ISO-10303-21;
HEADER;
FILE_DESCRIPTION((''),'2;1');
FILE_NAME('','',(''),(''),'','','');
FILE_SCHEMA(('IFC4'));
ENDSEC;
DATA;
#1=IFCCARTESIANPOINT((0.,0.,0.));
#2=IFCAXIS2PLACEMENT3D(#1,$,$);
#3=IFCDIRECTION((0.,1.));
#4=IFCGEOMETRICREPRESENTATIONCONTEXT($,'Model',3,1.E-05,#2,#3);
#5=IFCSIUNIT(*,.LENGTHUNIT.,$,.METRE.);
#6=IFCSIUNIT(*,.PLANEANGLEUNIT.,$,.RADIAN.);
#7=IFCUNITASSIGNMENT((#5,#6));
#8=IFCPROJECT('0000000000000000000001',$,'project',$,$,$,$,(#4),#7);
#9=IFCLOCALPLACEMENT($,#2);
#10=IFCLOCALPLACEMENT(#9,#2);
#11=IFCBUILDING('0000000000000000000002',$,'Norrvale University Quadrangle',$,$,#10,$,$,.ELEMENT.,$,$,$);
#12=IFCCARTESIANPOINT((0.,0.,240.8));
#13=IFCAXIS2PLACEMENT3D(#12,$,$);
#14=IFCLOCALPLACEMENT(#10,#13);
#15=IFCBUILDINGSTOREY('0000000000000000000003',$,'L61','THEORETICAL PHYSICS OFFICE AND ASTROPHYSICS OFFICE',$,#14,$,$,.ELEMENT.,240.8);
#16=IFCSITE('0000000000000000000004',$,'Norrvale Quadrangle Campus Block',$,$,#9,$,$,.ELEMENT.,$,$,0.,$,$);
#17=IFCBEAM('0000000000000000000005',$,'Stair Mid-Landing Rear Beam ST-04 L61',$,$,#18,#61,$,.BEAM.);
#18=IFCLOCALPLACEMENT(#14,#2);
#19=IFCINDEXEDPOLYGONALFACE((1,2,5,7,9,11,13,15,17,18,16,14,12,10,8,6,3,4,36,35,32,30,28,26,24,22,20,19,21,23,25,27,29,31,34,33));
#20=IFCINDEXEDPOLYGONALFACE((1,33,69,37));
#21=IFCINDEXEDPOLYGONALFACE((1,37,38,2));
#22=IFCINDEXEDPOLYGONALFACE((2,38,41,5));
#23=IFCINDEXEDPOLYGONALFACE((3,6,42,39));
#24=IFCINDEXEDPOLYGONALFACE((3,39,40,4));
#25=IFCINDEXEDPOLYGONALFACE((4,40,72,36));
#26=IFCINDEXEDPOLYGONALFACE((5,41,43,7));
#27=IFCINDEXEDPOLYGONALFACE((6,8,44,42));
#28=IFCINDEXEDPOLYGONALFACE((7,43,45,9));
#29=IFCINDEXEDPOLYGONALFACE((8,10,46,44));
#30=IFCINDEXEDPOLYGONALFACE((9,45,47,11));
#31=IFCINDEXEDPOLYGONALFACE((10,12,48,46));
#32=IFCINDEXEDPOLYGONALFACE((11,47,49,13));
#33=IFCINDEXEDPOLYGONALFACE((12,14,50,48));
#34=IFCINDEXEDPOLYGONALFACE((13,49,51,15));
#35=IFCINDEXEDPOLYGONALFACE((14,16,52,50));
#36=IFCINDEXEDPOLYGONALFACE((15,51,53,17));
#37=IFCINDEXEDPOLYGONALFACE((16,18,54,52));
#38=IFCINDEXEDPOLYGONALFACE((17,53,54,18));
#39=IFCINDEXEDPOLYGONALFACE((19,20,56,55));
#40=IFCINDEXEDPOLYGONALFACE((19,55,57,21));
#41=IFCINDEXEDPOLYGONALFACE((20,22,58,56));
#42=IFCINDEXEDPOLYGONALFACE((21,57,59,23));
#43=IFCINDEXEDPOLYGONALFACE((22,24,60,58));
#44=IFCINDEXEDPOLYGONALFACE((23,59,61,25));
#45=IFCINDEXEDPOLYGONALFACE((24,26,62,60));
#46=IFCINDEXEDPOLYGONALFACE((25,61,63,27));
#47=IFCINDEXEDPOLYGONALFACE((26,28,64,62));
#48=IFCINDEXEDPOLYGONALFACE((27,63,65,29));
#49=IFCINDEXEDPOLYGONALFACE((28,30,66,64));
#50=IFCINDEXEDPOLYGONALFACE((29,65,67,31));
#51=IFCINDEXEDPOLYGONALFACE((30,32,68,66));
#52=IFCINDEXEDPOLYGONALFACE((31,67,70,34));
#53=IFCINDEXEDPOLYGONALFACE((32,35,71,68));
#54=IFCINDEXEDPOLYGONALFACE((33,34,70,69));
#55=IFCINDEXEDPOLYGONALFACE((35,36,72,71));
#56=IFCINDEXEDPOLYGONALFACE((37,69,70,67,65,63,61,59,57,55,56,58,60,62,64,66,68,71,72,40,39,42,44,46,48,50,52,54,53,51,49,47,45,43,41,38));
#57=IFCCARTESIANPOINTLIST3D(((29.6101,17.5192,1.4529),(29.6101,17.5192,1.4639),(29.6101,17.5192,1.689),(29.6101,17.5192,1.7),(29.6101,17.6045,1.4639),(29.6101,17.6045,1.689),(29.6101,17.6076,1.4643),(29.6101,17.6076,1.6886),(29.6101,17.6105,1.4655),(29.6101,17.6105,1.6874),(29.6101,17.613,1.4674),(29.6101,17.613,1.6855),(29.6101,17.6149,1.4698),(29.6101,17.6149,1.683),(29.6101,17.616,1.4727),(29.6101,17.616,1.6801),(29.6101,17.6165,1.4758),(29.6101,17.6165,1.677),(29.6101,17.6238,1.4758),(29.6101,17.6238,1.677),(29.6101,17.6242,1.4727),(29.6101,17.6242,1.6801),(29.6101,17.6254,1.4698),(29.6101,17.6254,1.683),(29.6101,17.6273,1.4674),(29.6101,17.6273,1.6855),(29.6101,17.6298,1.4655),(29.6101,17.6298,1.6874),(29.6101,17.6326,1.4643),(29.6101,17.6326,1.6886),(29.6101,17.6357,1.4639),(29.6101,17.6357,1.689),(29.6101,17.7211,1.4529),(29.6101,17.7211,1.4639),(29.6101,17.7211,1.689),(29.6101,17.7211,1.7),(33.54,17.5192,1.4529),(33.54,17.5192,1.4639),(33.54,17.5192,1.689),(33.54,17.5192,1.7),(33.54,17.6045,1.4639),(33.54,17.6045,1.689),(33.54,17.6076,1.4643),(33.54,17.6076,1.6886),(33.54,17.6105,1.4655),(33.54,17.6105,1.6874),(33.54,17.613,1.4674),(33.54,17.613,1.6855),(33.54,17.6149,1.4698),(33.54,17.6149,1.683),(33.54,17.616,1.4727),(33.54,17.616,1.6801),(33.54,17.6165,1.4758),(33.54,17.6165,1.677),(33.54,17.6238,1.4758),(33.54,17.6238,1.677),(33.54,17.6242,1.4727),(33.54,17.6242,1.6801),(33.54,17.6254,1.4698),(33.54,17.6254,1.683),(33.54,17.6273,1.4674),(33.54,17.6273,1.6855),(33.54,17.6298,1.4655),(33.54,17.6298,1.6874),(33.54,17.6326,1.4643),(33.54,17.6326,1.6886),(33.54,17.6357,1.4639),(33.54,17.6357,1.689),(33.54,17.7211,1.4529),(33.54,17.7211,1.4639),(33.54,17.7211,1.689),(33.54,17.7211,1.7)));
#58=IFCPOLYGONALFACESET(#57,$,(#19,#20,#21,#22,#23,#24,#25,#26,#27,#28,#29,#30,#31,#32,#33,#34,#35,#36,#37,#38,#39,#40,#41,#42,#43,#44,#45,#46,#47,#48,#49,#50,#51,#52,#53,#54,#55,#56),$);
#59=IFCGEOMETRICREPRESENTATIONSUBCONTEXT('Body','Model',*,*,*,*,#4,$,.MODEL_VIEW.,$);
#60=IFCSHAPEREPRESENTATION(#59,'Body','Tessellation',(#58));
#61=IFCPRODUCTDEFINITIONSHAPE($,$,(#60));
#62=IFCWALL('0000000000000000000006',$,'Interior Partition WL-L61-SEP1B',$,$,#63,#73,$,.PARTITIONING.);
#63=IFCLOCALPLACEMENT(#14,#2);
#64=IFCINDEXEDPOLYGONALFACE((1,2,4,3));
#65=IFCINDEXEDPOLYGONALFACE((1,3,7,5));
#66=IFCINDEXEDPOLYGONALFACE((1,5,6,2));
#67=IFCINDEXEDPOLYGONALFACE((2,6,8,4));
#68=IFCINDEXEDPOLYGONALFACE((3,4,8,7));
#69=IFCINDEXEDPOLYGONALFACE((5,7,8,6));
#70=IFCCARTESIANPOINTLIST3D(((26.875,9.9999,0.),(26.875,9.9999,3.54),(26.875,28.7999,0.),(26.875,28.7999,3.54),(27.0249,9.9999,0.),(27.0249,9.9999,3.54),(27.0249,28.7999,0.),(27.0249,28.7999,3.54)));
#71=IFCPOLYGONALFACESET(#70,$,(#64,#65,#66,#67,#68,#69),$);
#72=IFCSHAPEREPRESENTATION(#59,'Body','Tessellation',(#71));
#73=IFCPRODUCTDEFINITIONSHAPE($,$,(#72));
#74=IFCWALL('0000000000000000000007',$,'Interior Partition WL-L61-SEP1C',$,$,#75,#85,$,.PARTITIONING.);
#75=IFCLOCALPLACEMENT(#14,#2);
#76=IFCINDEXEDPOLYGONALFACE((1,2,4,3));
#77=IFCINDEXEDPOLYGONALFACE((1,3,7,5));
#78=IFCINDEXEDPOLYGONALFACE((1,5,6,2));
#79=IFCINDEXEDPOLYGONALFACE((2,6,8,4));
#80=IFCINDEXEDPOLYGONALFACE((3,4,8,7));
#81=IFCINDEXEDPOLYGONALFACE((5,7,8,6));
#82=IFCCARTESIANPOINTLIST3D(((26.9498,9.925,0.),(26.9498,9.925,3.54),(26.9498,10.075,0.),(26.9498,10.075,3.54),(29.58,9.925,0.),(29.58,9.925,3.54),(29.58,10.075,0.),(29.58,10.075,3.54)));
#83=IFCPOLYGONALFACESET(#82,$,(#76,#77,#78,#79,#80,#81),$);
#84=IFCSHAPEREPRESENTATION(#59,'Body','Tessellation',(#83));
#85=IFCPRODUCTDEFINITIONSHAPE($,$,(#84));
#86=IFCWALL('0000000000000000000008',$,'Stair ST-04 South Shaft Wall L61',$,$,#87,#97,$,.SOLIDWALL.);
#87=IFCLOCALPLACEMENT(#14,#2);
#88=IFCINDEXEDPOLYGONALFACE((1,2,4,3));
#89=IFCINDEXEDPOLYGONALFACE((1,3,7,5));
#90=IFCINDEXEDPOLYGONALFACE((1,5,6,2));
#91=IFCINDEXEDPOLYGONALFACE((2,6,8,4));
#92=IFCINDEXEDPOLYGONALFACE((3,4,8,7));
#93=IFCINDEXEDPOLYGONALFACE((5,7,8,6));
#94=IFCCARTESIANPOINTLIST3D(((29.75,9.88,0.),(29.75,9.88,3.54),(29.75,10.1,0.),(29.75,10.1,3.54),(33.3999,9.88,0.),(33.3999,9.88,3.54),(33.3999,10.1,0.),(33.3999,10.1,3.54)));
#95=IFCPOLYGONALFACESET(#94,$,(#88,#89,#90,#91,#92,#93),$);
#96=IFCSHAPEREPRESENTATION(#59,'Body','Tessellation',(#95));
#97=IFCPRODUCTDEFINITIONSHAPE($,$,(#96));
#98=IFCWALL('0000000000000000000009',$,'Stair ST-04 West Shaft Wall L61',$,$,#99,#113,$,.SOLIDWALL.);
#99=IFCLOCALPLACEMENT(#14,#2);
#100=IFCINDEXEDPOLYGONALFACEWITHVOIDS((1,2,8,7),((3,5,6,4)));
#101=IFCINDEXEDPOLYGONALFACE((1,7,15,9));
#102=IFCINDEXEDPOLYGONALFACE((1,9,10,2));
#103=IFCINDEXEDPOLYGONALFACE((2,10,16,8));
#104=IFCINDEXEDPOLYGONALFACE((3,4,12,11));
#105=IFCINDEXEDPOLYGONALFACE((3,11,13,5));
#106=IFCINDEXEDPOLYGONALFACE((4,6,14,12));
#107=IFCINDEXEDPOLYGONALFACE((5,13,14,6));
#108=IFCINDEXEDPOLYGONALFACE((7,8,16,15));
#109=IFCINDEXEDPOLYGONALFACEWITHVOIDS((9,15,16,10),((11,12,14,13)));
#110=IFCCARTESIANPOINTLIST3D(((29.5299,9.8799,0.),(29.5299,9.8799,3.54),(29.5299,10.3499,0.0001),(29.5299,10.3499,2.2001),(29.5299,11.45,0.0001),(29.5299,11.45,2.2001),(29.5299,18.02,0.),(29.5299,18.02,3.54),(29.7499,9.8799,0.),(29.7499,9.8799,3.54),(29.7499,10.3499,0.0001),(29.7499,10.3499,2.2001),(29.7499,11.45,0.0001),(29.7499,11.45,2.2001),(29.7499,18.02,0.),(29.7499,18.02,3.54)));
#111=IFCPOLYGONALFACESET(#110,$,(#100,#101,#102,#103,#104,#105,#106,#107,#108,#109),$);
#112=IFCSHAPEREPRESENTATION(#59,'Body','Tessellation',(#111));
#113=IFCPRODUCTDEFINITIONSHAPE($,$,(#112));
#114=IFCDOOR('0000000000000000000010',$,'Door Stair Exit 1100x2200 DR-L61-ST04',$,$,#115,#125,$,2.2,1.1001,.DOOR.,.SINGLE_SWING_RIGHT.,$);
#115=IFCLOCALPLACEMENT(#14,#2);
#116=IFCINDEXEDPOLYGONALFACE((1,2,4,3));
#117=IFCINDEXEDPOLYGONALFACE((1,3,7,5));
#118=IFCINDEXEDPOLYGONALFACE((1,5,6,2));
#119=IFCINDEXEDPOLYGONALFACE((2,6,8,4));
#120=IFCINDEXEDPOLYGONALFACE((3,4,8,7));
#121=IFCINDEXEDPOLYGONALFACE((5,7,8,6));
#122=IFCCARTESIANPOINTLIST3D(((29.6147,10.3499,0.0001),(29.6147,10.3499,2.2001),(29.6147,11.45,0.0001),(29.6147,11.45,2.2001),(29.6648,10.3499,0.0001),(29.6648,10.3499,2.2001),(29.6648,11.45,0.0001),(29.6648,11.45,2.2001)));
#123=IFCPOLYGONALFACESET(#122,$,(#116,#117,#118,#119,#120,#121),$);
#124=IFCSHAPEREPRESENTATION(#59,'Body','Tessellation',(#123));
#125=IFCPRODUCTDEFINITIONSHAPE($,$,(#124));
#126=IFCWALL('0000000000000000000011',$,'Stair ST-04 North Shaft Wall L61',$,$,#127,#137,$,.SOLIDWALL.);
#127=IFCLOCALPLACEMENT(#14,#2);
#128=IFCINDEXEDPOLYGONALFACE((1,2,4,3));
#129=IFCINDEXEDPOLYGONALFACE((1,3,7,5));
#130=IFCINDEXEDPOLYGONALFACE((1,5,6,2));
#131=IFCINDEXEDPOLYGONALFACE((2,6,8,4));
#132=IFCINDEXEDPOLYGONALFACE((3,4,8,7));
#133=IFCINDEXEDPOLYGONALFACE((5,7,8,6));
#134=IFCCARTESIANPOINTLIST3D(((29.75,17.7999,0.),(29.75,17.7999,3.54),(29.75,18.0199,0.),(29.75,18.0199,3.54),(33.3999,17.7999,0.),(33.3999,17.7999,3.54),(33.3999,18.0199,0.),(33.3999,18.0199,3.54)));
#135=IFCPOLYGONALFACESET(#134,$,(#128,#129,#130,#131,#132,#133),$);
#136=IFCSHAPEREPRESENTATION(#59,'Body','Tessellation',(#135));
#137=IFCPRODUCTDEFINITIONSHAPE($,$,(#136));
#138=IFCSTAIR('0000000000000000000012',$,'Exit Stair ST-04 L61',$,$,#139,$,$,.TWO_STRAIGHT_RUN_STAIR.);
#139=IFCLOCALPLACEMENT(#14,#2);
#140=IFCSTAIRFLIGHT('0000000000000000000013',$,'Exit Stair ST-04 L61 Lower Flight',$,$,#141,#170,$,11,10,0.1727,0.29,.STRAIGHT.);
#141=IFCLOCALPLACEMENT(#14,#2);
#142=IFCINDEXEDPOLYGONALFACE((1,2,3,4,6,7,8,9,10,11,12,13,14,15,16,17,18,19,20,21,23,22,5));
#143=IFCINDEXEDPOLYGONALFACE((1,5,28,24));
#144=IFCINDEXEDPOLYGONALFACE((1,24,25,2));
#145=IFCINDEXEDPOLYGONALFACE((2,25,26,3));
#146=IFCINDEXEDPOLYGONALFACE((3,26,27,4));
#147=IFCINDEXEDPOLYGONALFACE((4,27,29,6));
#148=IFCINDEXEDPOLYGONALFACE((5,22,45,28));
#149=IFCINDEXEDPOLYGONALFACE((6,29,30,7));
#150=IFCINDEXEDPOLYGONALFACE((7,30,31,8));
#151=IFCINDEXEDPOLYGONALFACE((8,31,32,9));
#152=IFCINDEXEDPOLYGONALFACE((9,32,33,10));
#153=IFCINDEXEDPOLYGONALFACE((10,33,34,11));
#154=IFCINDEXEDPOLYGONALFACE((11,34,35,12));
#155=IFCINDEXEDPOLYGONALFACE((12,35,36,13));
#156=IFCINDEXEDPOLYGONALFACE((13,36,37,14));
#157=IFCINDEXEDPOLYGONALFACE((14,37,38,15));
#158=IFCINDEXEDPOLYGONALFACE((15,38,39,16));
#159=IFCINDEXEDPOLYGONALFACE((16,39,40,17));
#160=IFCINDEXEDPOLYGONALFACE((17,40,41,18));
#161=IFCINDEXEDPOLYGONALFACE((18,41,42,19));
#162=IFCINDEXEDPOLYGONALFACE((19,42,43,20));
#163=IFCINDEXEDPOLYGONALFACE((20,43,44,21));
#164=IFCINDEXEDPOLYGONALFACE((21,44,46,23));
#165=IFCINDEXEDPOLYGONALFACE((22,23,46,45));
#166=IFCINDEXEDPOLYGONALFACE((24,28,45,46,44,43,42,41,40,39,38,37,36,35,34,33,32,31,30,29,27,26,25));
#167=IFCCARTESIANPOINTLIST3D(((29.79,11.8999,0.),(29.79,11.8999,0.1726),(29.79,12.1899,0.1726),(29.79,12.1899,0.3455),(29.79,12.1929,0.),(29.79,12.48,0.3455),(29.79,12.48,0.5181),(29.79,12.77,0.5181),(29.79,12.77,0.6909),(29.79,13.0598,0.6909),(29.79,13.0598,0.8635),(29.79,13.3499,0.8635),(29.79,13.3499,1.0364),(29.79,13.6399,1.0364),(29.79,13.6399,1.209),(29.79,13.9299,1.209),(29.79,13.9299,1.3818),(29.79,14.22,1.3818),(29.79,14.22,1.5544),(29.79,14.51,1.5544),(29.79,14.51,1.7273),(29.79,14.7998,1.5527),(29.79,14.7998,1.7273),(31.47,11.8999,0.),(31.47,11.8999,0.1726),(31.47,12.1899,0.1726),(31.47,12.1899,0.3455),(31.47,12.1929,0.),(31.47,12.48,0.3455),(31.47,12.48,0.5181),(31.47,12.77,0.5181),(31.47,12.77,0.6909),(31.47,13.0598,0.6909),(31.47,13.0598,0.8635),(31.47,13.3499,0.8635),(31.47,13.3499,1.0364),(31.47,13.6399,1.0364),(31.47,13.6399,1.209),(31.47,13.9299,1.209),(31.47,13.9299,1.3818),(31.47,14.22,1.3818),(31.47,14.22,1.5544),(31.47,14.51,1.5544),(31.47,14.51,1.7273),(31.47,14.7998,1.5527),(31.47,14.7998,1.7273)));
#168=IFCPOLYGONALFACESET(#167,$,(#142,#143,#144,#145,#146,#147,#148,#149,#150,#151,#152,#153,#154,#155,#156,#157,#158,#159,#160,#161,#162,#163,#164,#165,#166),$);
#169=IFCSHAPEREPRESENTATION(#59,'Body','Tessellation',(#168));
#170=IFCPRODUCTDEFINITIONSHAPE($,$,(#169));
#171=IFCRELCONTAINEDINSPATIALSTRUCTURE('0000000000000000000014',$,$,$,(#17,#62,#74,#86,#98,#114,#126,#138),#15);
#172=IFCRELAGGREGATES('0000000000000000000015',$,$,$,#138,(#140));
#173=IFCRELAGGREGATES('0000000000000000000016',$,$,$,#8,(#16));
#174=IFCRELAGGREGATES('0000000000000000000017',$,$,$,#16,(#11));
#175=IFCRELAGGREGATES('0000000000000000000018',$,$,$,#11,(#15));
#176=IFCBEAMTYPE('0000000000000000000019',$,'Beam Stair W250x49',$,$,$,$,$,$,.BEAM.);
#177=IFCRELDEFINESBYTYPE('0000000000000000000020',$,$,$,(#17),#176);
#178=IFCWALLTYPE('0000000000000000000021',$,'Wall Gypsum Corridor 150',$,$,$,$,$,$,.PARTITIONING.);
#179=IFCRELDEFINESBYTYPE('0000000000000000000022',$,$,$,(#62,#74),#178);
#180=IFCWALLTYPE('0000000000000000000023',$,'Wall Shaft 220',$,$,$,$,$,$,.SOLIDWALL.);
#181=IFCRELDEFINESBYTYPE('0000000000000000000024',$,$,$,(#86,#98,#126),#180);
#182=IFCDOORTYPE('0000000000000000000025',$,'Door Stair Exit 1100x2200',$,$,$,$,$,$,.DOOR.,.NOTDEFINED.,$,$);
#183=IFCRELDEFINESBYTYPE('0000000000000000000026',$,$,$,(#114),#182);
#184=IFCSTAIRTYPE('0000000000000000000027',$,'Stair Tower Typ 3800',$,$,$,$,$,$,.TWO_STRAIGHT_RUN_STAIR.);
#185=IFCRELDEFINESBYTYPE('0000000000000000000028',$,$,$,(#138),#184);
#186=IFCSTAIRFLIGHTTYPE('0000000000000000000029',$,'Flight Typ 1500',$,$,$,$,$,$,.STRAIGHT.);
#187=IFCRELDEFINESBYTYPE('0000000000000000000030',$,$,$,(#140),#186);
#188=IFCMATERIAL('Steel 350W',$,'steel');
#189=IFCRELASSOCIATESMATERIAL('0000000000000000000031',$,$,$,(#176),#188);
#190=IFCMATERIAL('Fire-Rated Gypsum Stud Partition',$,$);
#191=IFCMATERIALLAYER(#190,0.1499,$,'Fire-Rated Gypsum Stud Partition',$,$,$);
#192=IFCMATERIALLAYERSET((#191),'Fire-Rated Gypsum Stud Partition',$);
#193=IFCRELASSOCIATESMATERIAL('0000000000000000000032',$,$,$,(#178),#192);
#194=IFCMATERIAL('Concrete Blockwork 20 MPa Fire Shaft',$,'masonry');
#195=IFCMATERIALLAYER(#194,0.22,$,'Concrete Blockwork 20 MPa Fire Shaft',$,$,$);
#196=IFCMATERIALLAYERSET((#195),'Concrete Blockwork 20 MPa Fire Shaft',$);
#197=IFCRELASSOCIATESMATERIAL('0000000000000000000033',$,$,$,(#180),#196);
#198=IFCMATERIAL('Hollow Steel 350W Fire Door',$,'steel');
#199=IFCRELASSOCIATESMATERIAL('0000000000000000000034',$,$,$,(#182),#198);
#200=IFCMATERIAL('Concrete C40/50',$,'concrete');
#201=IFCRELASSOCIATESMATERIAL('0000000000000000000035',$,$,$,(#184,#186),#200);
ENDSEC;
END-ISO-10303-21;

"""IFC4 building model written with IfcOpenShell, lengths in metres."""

from ifc_helpers import new_model, si_unit, direction, frame, frame_2d, origin, origin_2d, place, context, subcontext, project, spatial, polyline, rectangle, i_section, outline, extrude, material, layer, layer_set, material_profile, profile_set, type_object, element, fill, aggregate, save


model = new_model("IFC4")

# Units and contexts
model_context = context("Model", 3, precision=1e-05, world=origin(), true_north=direction((0.0, 1.0)))
body_context = subcontext(model_context, "Body", "Model", "MODEL_VIEW")
ifc_project = project(units=[si_unit("LENGTHUNIT", "METRE"), si_unit("PLANEANGLEUNIT", "RADIAN")], contexts=[model_context])

# Site, building, storey
site_placement = place(None, origin())
site = spatial("IfcSite", under=ifc_project, at=site_placement, Name="Norrvale Quadrangle Campus Block", CompositionType="ELEMENT", RefElevation=0.0)
building_placement = place(site_placement, origin())
building = spatial("IfcBuilding", under=site, at=building_placement, Name="Norrvale University Quadrangle", CompositionType="ELEMENT")
storey_placement = place(building_placement, frame((0.0, 0.0, 240.8)))
storey = spatial("IfcBuildingStorey", under=building, at=storey_placement, Name="L61", Description="THEORETICAL PHYSICS OFFICE AND ASTROPHYSICS OFFICE", CompositionType="ELEMENT", Elevation=240.8)

# Beam
ifc_material_1 = material(Name="Steel 350W", Category="steel")
ifc_material_profile_1 = material_profile(ifc_material_1, i_section(OverallWidth=0.2019, OverallDepth=0.2471, WebThickness=0.0073, FlangeThickness=0.011, FilletRadius=0.012, at=origin_2d()), Name="Steel 350W")
ifc_profile_set_1 = profile_set([ifc_material_profile_1], Name="Steel 350W")
beam_type_1 = type_object("IfcBeamType", Name="Beam Stair W250x49", PredefinedType="BEAM", material=ifc_profile_set_1)
for number, where, z_axis, x_axis, name in (
    (1, (29.6101, 17.6201, 1.5764), (1.0, 0.0, 0.0), (0.0, 1.0, 0.0), "Stair Mid-Landing Rear Beam ST-04 L61"),
):
    element("IfcBeam", number, at=place(storey_placement, frame(where, z_axis=z_axis, x_axis=x_axis)), inside=storey, type_object=beam_type_1, Name=name, PredefinedType="BEAM", context=body_context, shape_type="SweptSolid", body=[
        extrude(i_section(OverallWidth=0.2019, OverallDepth=0.2471, WebThickness=0.0073, FlangeThickness=0.011, FilletRadius=0.012, at=origin_2d()), origin(), (0.0, 0.0, 1.0), 3.9299),
    ])

# Walls
ifc_material_2 = material(Name="Fire-Rated Gypsum Stud Partition")
ifc_layer_1 = layer(ifc_material_2, 0.1499, Name="Fire-Rated Gypsum Stud Partition")
ifc_layer_set_1 = layer_set([ifc_layer_1], Name="Fire-Rated Gypsum Stud Partition")
wall_type_1 = type_object("IfcWallType", Name="Wall Gypsum Corridor 150", PredefinedType="PARTITIONING", material=ifc_layer_set_1)
wall_1_placement = place(storey_placement, frame((26.95, 10.0, 0.0), z_axis=(0.0, 0.0, 1.0), x_axis=(0.0, 1.0, 0.0)))
element("IfcWall", 2, at=wall_1_placement, inside=storey, type_object=wall_type_1, Name="Interior Partition WL-L61-SEP1B", PredefinedType="PARTITIONING", context=body_context, shape_type="SweptSolid", body=[
    extrude(rectangle(XDim=18.8, YDim=0.1499, at=frame_2d((9.3999, 0.0))), origin(), (0.0, 0.0, 1.0), 3.54),
])
wall_2_placement = place(storey_placement, frame((26.95, 10.0, 0.0), z_axis=(0.0, 0.0, 1.0), x_axis=(1.0, 0.0, 0.0)))
element("IfcWall", 3, at=wall_2_placement, inside=storey, type_object=wall_type_1, Name="Interior Partition WL-L61-SEP1C", PredefinedType="PARTITIONING", context=body_context, shape_type="SweptSolid", body=[
    extrude(rectangle(XDim=2.6301, YDim=0.1499, at=frame_2d((1.3149, 0.0))), origin(), (0.0, 0.0, 1.0), 3.54),
])
ifc_material_3 = material(Name="Concrete Blockwork 20 MPa Fire Shaft", Category="masonry")
ifc_layer_2 = layer(ifc_material_3, 0.22, Name="Concrete Blockwork 20 MPa Fire Shaft")
ifc_layer_set_2 = layer_set([ifc_layer_2], Name="Concrete Blockwork 20 MPa Fire Shaft")
wall_type_2 = type_object("IfcWallType", Name="Wall Shaft 220", PredefinedType="SOLIDWALL", material=ifc_layer_set_2)
wall_3_placement = place(storey_placement, frame((29.75, 9.99, 0.0), z_axis=(0.0, 0.0, 1.0), x_axis=(1.0, 0.0, 0.0)))
element("IfcWall", 4, at=wall_3_placement, inside=storey, type_object=wall_type_2, Name="Stair ST-04 South Shaft Wall L61", PredefinedType="SOLIDWALL", context=body_context, shape_type="SweptSolid", body=[
    extrude(rectangle(XDim=3.6499, YDim=0.22, at=frame_2d((1.825, 0.0))), origin(), (0.0, 0.0, 1.0), 3.54),
])

# Wall, opening, door
wall_4_placement = place(storey_placement, frame((29.6399, 9.8799, 0.0), z_axis=(0.0, 0.0, 1.0), x_axis=(0.0, 1.0, 0.0)))
wall_4 = element("IfcWall", 5, at=wall_4_placement, inside=storey, type_object=wall_type_2, Name="Stair ST-04 West Shaft Wall L61", PredefinedType="SOLIDWALL", context=body_context, shape_type="SweptSolid", body=[
    extrude(rectangle(XDim=8.1401, YDim=0.22, at=frame_2d((4.0701, 0.0))), origin(), (0.0, 0.0, 1.0), 3.54),
])
opening_placement = place(wall_4_placement, frame((0.47, 0.0, 0.0)))
opening = element("IfcOpeningElement", 6, at=opening_placement, cuts=wall_4, PredefinedType="OPENING", context=body_context, shape_type="SweptSolid", body=[
    extrude(rectangle(XDim=1.1001, YDim=2.2, at=frame_2d((0.55, 1.1001))), frame((0.0, 0.1221, 0.0), z_axis=(0.0, -1.0, 0.0), x_axis=(1.0, 0.0, 0.0)), (0.0, 0.0, 1.0), 0.2439),
])
ifc_material_4 = material(Name="Hollow Steel 350W Fire Door", Category="steel")
door_type = type_object("IfcDoorType", Name="Door Stair Exit 1100x2200", OperationType="NOTDEFINED", PredefinedType="DOOR", material=ifc_material_4)
door_placement = place(opening_placement, frame((1.1001, 0.0, 0.0), z_axis=(0.0, 0.0, 1.0), x_axis=(-1.0, 0.0, 0.0)))
door = element("IfcDoor", 7, at=door_placement, inside=storey, type_object=door_type, Name="Door Stair Exit 1100x2200 DR-L61-ST04", OperationType="SINGLE_SWING_RIGHT", OverallHeight=2.2, OverallWidth=1.1001, PredefinedType="DOOR", context=body_context, shape_type="SweptSolid", body=[
    extrude(rectangle(XDim=1.1001, YDim=2.2, at=frame_2d((0.55, 1.1001))), frame((0.0, 0.0249, 0.0), z_axis=(0.0, -1.0, 0.0), x_axis=(1.0, 0.0, 0.0)), (0.0, 0.0, 1.0), 0.05),
])
fill(opening, door)

# Wall
wall_5_placement = place(storey_placement, frame((29.75, 17.9099, 0.0), z_axis=(0.0, 0.0, 1.0), x_axis=(1.0, 0.0, 0.0)))
element("IfcWall", 8, at=wall_5_placement, inside=storey, type_object=wall_type_2, Name="Stair ST-04 North Shaft Wall L61", PredefinedType="SOLIDWALL", context=body_context, shape_type="SweptSolid", body=[
    extrude(rectangle(XDim=3.6499, YDim=0.22, at=frame_2d((1.825, 0.0))), origin(), (0.0, 0.0, 1.0), 3.54),
])

# Stair, stair flight
ifc_material_5 = material(Name="Concrete C40/50", Category="concrete")
stair_type = type_object("IfcStairType", Name="Stair Tower Typ 3800", PredefinedType="TWO_STRAIGHT_RUN_STAIR", material=ifc_material_5)
stair_placement = place(storey_placement, origin())
stair = element("IfcStair", 9, at=stair_placement, inside=storey, type_object=stair_type, Name="Exit Stair ST-04 L61", PredefinedType="TWO_STRAIGHT_RUN_STAIR")
stair_flight_type = type_object("IfcStairFlightType", Name="Flight Typ 1500", PredefinedType="STRAIGHT", material=ifc_material_5)
stair_flight_placement = place(storey_placement, frame((30.6299, 11.8999, 0.0), z_axis=(0.0, 0.0, 1.0), x_axis=(0.0, 1.0, 0.0)))
stair_flight = element("IfcStairFlight", 10, at=stair_flight_placement, type_object=stair_flight_type, Name="Exit Stair ST-04 L61 Lower Flight", NumberOfRisers=11, NumberOfTreads=10, PredefinedType="STRAIGHT", RiserHeight=0.1727, TreadLength=0.29, context=body_context, shape_type="SweptSolid", body=[
    extrude(outline(polyline([(0.0, 0.0), (0.0, 0.1726), (0.29, 0.1726), (0.29, 0.3455), (0.5801, 0.3455), (0.5801, 0.5181), (0.8701, 0.5181), (0.8701, 0.6909), (1.1599, 0.6909), (1.1599, 0.8635), (1.45, 0.8635), (1.45, 1.0364), (1.74, 1.0364), (1.74, 1.209), (2.03, 1.209), (2.03, 1.3818), (2.3201, 1.3818), (2.3201, 1.5544), (2.6101, 1.5544), (2.6101, 1.7273), (2.8999, 1.7273), (2.8999, 1.8999), (2.8999, 1.5527), (0.293, 0.0), (0.0, 0.0)])), frame((0.0, 0.8398, 0.0), z_axis=(0.0, -1.0, 0.0), x_axis=(1.0, 0.0, 0.0)), (0.0, 0.0, 1.0), 1.6799),
])
aggregate(stair, [stair_flight])

save(model, "model.ifc")
